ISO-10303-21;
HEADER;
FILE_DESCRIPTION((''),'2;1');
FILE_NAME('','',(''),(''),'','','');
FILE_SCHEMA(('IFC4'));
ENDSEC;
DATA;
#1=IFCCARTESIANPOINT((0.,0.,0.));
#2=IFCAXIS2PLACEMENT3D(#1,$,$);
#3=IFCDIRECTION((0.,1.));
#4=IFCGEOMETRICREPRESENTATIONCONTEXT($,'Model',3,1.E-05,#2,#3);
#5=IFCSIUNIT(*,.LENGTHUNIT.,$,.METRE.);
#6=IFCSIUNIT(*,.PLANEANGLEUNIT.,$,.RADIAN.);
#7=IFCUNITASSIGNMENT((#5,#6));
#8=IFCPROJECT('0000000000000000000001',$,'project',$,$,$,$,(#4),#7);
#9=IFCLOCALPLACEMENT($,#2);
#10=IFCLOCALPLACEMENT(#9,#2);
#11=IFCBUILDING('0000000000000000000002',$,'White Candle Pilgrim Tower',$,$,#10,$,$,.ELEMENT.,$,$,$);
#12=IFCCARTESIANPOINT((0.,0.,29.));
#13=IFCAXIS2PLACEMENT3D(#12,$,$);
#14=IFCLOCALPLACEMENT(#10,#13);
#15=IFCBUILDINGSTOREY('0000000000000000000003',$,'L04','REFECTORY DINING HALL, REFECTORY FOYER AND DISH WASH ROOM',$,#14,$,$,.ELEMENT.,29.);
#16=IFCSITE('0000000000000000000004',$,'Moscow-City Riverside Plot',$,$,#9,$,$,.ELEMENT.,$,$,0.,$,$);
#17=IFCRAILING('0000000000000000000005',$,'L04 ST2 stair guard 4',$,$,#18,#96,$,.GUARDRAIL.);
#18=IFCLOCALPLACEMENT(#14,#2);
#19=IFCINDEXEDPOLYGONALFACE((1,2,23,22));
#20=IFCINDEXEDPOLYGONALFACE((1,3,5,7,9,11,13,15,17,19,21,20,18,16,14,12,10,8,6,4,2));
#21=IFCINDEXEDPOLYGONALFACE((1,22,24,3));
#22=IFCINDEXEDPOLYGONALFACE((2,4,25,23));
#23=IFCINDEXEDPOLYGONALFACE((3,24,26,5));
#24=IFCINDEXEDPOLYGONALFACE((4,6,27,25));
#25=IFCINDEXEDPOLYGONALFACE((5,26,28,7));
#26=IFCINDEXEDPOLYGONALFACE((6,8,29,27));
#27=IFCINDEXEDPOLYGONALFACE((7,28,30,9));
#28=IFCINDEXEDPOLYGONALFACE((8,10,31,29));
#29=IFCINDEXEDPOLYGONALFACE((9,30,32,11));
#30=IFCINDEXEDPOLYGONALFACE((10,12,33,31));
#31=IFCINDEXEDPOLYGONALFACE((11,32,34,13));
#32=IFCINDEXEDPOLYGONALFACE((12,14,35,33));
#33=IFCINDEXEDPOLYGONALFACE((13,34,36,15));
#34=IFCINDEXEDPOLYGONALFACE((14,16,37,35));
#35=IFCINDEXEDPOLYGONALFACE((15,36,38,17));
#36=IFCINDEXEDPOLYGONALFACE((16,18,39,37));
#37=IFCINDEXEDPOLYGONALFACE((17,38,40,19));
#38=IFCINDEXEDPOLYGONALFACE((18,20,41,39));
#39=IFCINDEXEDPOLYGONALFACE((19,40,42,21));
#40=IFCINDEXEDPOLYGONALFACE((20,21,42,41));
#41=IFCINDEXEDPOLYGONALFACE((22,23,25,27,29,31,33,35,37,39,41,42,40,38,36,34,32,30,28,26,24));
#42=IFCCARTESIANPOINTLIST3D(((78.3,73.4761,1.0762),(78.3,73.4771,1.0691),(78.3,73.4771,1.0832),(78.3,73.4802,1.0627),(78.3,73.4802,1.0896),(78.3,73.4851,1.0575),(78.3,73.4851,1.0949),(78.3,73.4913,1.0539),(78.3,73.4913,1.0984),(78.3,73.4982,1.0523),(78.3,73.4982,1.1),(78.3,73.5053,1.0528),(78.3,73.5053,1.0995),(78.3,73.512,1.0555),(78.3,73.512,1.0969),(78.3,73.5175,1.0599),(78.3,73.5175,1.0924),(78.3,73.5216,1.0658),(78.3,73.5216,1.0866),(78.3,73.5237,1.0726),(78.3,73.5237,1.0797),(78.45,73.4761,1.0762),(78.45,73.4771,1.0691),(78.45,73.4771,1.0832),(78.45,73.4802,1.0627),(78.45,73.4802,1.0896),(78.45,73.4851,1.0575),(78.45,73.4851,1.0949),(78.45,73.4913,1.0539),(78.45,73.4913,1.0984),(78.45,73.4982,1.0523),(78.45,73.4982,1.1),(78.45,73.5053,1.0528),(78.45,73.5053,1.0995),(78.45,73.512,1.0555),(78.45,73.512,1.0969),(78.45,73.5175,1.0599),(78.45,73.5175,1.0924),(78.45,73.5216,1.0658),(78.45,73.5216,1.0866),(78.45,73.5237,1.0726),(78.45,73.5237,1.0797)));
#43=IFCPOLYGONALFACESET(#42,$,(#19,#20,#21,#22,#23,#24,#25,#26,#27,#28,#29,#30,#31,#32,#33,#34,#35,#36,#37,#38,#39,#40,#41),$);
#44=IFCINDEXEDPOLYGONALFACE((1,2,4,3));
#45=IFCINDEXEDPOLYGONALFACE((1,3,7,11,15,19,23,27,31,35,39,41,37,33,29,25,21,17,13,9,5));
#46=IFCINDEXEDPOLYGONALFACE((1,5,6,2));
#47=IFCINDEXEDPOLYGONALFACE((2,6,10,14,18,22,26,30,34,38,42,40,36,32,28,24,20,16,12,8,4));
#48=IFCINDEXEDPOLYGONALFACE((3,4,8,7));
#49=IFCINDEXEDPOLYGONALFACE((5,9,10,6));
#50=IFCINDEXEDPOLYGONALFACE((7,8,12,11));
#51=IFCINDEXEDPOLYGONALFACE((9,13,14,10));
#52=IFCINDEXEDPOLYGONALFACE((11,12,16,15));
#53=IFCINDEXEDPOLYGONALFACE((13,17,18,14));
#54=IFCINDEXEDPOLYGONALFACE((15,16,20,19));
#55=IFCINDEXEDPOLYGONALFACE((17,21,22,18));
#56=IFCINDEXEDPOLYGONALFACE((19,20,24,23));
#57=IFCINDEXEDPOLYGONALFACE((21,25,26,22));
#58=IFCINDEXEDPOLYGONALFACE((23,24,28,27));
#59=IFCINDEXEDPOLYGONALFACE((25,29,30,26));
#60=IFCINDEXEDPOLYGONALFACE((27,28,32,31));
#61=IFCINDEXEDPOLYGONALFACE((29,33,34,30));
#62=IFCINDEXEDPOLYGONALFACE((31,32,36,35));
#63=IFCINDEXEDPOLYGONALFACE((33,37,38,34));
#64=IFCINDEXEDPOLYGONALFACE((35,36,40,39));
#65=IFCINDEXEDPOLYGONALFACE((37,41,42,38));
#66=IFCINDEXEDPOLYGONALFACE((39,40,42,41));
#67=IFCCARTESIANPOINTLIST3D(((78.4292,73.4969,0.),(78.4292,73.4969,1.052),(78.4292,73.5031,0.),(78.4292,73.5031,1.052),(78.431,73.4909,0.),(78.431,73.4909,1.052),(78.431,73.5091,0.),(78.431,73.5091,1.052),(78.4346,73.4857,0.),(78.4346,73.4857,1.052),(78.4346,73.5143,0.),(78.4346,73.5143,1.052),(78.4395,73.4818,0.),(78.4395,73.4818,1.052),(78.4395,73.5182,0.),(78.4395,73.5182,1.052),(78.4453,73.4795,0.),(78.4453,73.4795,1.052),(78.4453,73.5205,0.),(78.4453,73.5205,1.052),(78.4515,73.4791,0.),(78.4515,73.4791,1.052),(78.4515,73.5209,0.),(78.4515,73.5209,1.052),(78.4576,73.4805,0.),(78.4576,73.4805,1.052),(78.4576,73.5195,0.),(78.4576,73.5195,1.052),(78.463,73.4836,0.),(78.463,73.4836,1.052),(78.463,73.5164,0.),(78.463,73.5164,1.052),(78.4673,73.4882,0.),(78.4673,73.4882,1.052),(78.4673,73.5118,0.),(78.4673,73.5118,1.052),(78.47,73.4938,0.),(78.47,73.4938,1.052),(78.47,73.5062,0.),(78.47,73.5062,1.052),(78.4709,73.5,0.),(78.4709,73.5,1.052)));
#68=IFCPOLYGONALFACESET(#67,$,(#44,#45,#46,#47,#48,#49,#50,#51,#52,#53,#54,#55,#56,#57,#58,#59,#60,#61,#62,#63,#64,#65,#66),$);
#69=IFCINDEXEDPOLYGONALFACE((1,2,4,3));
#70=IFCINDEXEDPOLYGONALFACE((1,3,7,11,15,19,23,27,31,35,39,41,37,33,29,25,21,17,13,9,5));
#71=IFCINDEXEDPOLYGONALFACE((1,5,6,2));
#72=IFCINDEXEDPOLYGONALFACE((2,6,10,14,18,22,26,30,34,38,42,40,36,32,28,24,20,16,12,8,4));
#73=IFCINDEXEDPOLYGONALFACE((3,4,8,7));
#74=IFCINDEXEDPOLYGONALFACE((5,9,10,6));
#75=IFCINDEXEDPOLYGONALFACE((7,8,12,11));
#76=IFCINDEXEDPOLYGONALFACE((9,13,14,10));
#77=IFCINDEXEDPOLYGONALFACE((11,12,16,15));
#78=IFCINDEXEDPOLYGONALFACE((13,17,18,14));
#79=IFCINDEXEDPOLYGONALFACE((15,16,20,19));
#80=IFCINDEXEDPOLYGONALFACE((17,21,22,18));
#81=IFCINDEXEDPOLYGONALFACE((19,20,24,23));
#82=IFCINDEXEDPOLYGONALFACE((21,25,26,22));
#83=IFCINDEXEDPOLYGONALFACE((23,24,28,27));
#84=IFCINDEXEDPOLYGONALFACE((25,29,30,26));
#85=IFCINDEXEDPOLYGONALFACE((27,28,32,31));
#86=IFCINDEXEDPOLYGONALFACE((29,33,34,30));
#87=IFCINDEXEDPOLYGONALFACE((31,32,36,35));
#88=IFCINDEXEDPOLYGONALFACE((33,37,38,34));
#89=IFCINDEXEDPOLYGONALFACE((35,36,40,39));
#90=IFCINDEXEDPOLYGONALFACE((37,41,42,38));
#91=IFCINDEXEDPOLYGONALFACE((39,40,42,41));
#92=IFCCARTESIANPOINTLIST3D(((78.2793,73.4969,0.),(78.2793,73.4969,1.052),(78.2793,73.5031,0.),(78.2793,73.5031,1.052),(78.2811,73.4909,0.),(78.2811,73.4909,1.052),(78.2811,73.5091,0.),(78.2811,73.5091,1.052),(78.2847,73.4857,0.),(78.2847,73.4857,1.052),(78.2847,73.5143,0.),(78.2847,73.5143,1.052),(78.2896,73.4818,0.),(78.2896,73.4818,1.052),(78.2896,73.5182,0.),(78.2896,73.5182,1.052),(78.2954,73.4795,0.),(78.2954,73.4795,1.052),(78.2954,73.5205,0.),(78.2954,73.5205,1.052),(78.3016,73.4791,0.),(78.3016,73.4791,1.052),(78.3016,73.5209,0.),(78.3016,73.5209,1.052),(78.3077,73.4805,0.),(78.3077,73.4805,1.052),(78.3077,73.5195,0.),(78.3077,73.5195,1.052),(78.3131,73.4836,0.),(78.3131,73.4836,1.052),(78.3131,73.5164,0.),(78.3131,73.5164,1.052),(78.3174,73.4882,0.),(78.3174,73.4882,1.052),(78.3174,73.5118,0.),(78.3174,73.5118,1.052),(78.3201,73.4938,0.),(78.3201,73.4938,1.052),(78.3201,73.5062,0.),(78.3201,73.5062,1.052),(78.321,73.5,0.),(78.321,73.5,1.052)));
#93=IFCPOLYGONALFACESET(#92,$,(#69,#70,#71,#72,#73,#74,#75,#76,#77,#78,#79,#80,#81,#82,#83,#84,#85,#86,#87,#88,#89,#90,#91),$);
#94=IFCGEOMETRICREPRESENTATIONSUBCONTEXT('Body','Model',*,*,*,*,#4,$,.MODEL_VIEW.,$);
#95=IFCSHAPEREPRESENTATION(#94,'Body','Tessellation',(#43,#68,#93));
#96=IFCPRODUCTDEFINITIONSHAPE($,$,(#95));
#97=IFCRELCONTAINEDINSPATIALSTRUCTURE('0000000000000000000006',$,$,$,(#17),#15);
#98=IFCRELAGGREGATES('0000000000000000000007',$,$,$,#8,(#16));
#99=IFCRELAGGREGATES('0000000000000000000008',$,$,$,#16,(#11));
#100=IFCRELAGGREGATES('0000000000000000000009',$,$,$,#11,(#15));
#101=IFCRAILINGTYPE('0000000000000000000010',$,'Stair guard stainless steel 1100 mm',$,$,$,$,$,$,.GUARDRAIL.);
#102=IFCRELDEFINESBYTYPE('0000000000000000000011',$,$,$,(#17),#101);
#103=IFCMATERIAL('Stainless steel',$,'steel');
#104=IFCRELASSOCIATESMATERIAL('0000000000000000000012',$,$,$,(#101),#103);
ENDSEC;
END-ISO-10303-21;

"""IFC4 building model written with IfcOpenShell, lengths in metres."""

from ifc_helpers import new_model, si_unit, direction, frame, origin, origin_2d, place, context, subcontext, project, spatial, circle, extrude, material, type_object, element, save


model = new_model("IFC4")

# Units and contexts
model_context = context("Model", 3, precision=1e-05, world=origin(), true_north=direction((0.0, 1.0)))
body_context = subcontext(model_context, "Body", "Model", "MODEL_VIEW")
ifc_project = project(units=[si_unit("LENGTHUNIT", "METRE"), si_unit("PLANEANGLEUNIT", "RADIAN")], contexts=[model_context])

# Site, building, storey
site_placement = place(None, origin())
site = spatial("IfcSite", under=ifc_project, at=site_placement, Name="Moscow-City Riverside Plot", CompositionType="ELEMENT", RefElevation=0.0)
building_placement = place(site_placement, origin())
building = spatial("IfcBuilding", under=site, at=building_placement, Name="White Candle Pilgrim Tower", CompositionType="ELEMENT")
storey_placement = place(building_placement, frame((0.0, 0.0, 29.0)))
storey = spatial("IfcBuildingStorey", under=building, at=storey_placement, Name="L04", Description="REFECTORY DINING HALL, REFECTORY FOYER AND DISH WASH ROOM", CompositionType="ELEMENT", Elevation=29.0)

# Railing
ifc_material_1 = material(Name="Stainless steel", Category="steel")
railing_type_1 = type_object("IfcRailingType", Name="Stair guard stainless steel 1100 mm", PredefinedType="GUARDRAIL", material=ifc_material_1)
railing_1_placement = place(storey_placement, frame((78.45, 73.5, 0.0)))
element("IfcRailing", 1, at=railing_1_placement, inside=storey, type_object=railing_type_1, Name="L04 ST2 stair guard 4", PredefinedType="GUARDRAIL", context=body_context, shape_type="SweptSolid", body=[
    extrude(circle(Radius=0.0239, at=origin_2d()), frame((0.0, 0.0, 1.0762), z_axis=(-1.0, 0.0, 0.0), x_axis=(0.0, -1.0, 0.0)), (0.0, 0.0, 1.0), 0.1499),
    extrude(circle(Radius=0.021, at=origin_2d()), origin(), (0.0, 0.0, 1.0), 1.052),
    extrude(circle(Radius=0.021, at=origin_2d()), frame((-0.1499, 0.0, 0.0)), (0.0, 0.0, 1.0), 1.052),
])

save(model, "model.ifc")
